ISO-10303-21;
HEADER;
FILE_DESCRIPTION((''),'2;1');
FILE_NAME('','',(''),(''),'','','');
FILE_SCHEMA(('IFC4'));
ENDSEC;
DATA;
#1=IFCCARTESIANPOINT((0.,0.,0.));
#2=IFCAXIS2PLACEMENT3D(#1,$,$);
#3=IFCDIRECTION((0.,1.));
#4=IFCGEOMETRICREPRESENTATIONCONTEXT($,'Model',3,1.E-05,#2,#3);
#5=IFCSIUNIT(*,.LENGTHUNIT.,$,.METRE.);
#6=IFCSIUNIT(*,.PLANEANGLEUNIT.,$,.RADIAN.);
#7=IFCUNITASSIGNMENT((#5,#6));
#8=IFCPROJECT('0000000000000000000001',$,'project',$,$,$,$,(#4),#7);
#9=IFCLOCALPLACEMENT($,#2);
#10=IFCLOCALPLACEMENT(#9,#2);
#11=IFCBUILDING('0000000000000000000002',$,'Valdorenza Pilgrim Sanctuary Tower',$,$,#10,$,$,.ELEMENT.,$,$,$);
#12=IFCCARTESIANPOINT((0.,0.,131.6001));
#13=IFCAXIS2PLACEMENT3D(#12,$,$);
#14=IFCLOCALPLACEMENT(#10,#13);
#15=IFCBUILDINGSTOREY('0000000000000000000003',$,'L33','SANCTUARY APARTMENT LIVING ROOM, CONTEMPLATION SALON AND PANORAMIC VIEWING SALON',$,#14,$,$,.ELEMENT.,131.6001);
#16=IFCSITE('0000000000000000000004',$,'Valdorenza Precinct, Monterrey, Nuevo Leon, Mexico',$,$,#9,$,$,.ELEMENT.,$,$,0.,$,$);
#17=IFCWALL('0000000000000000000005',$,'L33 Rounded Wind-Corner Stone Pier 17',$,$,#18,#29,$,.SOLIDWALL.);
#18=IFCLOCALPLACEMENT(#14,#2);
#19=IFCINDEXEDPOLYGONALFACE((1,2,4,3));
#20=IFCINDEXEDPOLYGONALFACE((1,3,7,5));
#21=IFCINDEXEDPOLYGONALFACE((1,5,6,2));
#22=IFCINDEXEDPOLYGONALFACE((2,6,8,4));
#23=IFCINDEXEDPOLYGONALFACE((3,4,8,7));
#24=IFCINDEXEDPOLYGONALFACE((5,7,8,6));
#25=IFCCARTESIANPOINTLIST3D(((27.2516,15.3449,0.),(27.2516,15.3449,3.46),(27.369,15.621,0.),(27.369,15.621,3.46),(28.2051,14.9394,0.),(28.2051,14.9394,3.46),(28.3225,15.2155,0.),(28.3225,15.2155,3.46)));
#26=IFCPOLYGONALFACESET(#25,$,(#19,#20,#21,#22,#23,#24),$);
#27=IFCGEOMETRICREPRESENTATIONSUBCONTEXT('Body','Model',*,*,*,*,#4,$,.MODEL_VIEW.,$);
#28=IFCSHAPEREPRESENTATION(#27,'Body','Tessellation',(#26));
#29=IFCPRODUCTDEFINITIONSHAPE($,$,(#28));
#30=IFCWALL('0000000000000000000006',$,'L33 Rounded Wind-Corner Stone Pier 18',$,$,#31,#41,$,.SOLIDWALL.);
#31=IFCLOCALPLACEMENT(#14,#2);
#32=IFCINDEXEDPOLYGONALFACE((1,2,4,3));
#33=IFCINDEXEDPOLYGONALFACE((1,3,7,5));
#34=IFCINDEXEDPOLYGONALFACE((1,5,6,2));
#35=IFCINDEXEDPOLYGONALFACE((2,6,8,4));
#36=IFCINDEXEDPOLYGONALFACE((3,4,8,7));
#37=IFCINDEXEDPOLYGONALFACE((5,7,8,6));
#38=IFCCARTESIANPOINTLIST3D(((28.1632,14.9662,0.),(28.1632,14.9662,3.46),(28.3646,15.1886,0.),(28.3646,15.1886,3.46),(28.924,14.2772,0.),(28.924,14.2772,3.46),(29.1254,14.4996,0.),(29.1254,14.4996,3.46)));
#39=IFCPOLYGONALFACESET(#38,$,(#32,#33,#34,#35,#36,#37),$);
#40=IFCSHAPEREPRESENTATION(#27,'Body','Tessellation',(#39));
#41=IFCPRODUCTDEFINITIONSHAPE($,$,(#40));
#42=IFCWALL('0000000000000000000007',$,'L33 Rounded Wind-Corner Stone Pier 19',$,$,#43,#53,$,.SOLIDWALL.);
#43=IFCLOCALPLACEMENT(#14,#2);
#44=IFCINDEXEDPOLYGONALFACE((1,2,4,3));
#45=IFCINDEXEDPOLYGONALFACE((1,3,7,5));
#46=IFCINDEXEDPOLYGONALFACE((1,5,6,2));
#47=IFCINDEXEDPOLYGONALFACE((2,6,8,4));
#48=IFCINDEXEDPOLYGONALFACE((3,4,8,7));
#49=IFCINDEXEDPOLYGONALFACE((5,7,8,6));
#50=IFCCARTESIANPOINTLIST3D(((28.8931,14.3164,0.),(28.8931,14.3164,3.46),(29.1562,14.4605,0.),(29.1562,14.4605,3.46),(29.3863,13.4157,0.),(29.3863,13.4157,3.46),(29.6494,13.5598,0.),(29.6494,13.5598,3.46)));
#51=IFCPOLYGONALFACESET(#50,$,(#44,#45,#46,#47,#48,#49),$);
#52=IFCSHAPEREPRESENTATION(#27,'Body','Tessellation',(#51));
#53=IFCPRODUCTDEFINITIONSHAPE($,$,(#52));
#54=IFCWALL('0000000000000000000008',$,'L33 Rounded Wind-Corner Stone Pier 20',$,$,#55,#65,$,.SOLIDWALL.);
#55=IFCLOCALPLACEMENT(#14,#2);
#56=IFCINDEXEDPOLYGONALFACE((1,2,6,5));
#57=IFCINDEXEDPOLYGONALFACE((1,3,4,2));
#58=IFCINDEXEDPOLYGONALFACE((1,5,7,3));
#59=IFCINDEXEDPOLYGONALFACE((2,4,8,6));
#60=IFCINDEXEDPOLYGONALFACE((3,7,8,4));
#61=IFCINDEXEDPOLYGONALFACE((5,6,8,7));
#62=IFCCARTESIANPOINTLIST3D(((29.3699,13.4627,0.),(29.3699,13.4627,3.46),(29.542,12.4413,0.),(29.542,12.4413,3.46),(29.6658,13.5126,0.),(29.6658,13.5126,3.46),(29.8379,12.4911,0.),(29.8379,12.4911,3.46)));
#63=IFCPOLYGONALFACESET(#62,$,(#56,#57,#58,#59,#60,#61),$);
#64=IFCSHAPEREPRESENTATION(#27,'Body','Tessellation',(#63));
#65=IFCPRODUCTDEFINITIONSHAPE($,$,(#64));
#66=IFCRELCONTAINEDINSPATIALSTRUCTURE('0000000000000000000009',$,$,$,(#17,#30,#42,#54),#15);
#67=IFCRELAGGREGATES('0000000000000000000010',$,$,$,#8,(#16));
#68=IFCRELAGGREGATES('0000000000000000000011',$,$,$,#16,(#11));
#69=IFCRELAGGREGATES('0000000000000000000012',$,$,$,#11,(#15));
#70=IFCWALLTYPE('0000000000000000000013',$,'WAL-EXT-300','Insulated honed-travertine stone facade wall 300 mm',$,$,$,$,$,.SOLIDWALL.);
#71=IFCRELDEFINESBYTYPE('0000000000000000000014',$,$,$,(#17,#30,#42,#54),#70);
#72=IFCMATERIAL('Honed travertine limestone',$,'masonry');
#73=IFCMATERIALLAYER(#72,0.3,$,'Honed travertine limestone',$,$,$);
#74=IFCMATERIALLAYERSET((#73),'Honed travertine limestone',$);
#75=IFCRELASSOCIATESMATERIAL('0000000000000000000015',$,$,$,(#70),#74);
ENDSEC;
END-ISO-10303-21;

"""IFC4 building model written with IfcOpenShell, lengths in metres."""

from ifc_helpers import new_model, si_unit, direction, frame, frame_2d, origin, place, context, subcontext, project, spatial, rectangle, extrude, material, layer, layer_set, type_object, element, save


model = new_model("IFC4")

# Units and contexts
model_context = context("Model", 3, precision=1e-05, world=origin(), true_north=direction((0.0, 1.0)))
body_context = subcontext(model_context, "Body", "Model", "MODEL_VIEW")
ifc_project = project(units=[si_unit("LENGTHUNIT", "METRE"), si_unit("PLANEANGLEUNIT", "RADIAN")], contexts=[model_context])

# Site, building, storey
site_placement = place(None, origin())
site = spatial("IfcSite", under=ifc_project, at=site_placement, Name="Valdorenza Precinct, Monterrey, Nuevo Leon, Mexico", CompositionType="ELEMENT", RefElevation=0.0)
building_placement = place(site_placement, origin())
building = spatial("IfcBuilding", under=site, at=building_placement, Name="Valdorenza Pilgrim Sanctuary Tower", CompositionType="ELEMENT")
storey_placement = place(building_placement, frame((0.0, 0.0, 131.6001)))
storey = spatial("IfcBuildingStorey", under=building, at=storey_placement, Name="L33", Description="SANCTUARY APARTMENT LIVING ROOM, CONTEMPLATION SALON AND PANORAMIC VIEWING SALON", CompositionType="ELEMENT", Elevation=131.6001)

# Shared definitions
ifc_material_1 = material(Name="Honed travertine limestone", Category="masonry")

# Walls
ifc_layer_1 = layer(ifc_material_1, 0.3, Name="Honed travertine limestone")
ifc_layer_set_1 = layer_set([ifc_layer_1], Name="Honed travertine limestone")
wall_type_1 = type_object("IfcWallType", Name="WAL-EXT-300", Description="Insulated honed-travertine stone facade wall 300 mm", PredefinedType="SOLIDWALL", material=ifc_layer_set_1)
wall_1_placement = place(storey_placement, frame((27.3103, 15.4829, 0.0), z_axis=(0.0, 0.0, 1.0), x_axis=(0.92025, -0.39133, 0.0)))
element("IfcWall", 1, at=wall_1_placement, inside=storey, type_object=wall_type_1, Name="L33 Rounded Wind-Corner Stone Pier 17", PredefinedType="SOLIDWALL", context=body_context, shape_type="SweptSolid", body=[
    extrude(rectangle(XDim=1.0361, YDim=0.3, at=frame_2d((0.5181, 0.0))), origin(), (0.0, 0.0, 1.0), 3.46),
])
wall_2_placement = place(storey_placement, frame((28.2639, 15.0774, 0.0), z_axis=(0.0, 0.0, 1.0), x_axis=(0.741209, -0.671275, 0.0)))
element("IfcWall", 2, at=wall_2_placement, inside=storey, type_object=wall_type_1, Name="L33 Rounded Wind-Corner Stone Pier 18", PredefinedType="SOLIDWALL", context=body_context, shape_type="SweptSolid", body=[
    extrude(rectangle(XDim=1.0264, YDim=0.3, at=frame_2d((0.5132, 0.0))), origin(), (0.0, 0.0, 1.0), 3.46),
])
wall_3_placement = place(storey_placement, frame((29.0247, 14.3884, 0.0), z_axis=(0.0, 0.0, 1.0), x_axis=(0.480284, -0.877113, 0.0)))
element("IfcWall", 3, at=wall_3_placement, inside=storey, type_object=wall_type_1, Name="L33 Rounded Wind-Corner Stone Pier 19", PredefinedType="SOLIDWALL", context=body_context, shape_type="SweptSolid", body=[
    extrude(rectangle(XDim=1.0269, YDim=0.3, at=frame_2d((0.5134, 0.0))), origin(), (0.0, 0.0, 1.0), 3.46),
])
wall_4_placement = place(storey_placement, frame((29.5178, 13.4878, 0.0), z_axis=(0.0, 0.0, 1.0), x_axis=(0.166157, -0.986099, 0.0)))
element("IfcWall", 4, at=wall_4_placement, inside=storey, type_object=wall_type_1, Name="L33 Rounded Wind-Corner Stone Pier 20", PredefinedType="SOLIDWALL", context=body_context, shape_type="SweptSolid", body=[
    extrude(rectangle(XDim=1.0359, YDim=0.3, at=frame_2d((0.5181, 0.0))), origin(), (0.0, 0.0, 1.0), 3.46),
])

save(model, "model.ifc")
